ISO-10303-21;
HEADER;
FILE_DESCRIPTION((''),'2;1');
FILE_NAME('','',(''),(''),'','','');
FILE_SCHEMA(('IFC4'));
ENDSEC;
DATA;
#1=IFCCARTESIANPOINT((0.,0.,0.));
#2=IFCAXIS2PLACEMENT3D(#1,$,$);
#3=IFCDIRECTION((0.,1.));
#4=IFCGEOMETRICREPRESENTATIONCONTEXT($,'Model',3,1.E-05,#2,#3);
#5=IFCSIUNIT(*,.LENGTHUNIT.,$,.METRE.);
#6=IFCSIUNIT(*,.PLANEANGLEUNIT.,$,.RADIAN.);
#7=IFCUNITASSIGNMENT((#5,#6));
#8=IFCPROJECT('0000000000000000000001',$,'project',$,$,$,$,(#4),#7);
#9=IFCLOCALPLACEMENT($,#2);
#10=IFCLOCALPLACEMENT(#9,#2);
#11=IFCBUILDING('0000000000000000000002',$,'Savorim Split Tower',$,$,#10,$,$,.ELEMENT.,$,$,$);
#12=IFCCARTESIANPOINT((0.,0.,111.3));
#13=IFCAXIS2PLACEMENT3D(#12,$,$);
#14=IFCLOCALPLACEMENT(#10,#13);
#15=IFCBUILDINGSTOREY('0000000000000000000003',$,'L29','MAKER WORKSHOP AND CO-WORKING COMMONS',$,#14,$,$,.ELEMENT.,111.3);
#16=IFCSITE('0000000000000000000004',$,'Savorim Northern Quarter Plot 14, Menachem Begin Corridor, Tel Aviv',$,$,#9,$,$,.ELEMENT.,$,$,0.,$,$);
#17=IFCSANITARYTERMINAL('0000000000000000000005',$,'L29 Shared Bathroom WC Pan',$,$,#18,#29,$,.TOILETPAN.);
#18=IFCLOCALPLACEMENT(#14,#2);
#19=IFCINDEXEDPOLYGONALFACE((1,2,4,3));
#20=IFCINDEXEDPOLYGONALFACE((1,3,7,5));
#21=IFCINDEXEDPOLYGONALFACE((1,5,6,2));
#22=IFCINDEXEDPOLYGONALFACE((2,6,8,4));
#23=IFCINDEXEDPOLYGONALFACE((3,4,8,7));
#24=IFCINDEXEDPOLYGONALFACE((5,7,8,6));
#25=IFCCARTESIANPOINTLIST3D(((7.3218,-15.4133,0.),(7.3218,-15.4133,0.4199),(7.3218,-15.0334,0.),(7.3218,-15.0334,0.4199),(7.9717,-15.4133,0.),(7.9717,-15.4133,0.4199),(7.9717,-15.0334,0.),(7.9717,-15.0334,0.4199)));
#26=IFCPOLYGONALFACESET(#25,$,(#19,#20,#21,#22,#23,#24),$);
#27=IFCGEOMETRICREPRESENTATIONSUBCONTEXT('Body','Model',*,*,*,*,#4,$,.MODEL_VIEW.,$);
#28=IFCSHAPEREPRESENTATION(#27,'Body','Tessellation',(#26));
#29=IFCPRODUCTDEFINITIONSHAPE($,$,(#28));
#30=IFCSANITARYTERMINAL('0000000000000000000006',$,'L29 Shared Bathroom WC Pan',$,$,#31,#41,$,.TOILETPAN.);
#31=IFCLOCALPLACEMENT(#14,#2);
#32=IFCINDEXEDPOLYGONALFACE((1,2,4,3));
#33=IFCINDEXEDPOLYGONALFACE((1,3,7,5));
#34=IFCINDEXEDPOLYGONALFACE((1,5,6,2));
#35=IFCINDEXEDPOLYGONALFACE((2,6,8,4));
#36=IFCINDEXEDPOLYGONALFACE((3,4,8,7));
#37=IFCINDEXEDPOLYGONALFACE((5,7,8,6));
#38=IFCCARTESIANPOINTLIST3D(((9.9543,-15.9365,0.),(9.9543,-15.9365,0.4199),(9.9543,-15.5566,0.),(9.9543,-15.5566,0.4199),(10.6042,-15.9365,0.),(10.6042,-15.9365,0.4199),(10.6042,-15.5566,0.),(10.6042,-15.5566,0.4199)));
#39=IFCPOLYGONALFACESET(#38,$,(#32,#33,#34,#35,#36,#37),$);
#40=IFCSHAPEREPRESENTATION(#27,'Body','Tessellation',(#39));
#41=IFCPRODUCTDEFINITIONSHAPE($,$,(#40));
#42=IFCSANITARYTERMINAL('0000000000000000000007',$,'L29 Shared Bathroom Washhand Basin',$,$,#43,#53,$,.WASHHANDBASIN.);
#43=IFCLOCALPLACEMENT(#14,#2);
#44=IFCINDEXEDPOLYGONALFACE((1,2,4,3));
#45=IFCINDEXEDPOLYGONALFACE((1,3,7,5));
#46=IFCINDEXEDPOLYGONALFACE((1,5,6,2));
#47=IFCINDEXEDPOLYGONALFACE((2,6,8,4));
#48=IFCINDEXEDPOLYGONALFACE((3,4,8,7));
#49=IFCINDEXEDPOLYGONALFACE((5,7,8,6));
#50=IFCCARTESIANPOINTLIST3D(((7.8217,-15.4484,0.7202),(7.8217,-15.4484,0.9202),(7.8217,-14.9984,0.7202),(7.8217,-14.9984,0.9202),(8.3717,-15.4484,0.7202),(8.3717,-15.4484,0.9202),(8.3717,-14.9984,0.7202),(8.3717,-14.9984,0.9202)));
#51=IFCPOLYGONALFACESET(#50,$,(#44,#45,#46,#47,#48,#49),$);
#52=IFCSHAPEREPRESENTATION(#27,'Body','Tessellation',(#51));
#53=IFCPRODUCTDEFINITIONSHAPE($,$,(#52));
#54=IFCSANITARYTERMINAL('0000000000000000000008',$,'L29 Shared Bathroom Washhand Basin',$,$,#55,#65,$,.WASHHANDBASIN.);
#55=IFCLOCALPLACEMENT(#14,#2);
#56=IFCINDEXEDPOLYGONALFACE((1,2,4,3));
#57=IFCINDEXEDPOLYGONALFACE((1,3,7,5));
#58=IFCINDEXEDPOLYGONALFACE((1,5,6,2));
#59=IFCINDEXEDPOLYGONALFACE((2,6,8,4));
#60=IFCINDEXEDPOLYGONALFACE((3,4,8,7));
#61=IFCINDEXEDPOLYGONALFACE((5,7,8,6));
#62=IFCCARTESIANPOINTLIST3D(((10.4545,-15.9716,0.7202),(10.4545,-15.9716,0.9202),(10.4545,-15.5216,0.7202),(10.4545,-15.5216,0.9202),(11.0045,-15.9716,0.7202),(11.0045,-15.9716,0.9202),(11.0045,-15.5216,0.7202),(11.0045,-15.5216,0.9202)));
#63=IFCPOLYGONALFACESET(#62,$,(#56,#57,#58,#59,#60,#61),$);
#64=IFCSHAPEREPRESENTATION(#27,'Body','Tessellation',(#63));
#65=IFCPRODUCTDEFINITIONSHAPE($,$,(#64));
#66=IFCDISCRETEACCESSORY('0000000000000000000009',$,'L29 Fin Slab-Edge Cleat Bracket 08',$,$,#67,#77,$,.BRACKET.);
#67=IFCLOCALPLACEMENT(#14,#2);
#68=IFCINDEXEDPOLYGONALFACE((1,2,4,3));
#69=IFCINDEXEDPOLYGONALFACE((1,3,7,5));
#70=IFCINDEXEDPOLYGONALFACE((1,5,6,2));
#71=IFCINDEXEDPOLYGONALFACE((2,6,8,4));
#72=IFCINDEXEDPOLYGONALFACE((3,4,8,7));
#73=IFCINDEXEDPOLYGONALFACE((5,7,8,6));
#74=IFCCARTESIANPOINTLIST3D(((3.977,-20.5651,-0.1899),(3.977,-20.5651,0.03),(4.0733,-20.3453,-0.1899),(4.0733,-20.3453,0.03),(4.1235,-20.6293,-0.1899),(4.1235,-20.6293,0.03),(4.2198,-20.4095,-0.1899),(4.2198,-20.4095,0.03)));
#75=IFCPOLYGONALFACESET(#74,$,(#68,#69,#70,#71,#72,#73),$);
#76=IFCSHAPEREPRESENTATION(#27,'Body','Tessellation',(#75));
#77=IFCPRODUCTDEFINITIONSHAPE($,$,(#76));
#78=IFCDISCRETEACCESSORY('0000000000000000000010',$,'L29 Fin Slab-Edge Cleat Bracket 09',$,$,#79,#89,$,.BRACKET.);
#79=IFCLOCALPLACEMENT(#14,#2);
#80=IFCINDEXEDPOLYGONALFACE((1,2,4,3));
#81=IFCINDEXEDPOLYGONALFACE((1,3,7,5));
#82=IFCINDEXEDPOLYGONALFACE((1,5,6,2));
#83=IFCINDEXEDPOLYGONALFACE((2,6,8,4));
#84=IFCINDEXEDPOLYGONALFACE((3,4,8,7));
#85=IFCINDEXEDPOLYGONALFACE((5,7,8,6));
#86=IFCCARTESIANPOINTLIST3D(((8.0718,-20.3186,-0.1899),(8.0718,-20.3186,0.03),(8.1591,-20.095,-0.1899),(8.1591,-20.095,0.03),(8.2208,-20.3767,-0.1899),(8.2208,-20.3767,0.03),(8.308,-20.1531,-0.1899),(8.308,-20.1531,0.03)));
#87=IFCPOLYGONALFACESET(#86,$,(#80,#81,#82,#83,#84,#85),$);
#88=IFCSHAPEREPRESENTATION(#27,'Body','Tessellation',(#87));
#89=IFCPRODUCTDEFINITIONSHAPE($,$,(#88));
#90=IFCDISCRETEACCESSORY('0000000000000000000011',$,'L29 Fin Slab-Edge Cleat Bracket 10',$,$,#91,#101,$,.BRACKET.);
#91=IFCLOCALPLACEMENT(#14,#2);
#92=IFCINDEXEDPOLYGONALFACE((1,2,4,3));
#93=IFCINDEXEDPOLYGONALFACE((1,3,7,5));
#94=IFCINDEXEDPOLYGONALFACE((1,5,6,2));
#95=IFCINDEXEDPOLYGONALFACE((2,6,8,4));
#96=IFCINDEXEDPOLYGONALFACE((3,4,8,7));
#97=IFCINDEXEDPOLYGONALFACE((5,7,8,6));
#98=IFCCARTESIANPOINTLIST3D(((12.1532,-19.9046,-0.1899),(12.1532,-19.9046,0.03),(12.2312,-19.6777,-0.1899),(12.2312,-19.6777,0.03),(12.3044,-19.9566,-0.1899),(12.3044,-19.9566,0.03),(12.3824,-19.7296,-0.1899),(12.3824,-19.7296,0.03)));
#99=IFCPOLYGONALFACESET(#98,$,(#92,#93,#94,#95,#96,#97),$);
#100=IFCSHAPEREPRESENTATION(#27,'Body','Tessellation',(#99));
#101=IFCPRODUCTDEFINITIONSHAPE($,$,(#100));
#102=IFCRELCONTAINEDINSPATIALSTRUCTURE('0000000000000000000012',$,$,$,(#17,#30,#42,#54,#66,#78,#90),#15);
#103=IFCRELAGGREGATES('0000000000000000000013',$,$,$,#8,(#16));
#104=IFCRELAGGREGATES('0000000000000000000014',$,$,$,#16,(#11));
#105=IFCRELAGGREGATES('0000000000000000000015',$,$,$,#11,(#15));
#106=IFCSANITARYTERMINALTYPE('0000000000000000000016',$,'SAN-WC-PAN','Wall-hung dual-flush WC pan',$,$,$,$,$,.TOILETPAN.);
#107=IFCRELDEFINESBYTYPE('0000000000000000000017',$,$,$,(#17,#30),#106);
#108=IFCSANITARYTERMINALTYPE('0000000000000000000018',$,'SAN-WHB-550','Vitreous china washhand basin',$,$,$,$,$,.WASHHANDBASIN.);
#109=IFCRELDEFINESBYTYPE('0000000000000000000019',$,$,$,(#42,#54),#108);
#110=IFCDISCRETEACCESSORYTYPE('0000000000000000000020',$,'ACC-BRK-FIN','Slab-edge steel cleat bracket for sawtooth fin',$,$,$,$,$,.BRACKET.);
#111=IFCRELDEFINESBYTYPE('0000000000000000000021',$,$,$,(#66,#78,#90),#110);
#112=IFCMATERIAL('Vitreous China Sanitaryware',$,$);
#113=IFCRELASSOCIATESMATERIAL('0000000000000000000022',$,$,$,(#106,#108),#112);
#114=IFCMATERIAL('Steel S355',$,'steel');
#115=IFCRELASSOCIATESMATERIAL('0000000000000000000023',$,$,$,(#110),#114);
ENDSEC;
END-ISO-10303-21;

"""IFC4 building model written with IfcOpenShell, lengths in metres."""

from ifc_helpers import new_model, si_unit, direction, frame, origin, origin_2d, place, context, subcontext, project, spatial, rectangle, extrude, material, type_object, element, save


model = new_model("IFC4")

# Units and contexts
model_context = context("Model", 3, precision=1e-05, world=origin(), true_north=direction((0.0, 1.0)))
body_context = subcontext(model_context, "Body", "Model", "MODEL_VIEW")
ifc_project = project(units=[si_unit("LENGTHUNIT", "METRE"), si_unit("PLANEANGLEUNIT", "RADIAN")], contexts=[model_context])

# Site, building, storey
site_placement = place(None, origin())
site = spatial("IfcSite", under=ifc_project, at=site_placement, Name="Savorim Northern Quarter Plot 14, Menachem Begin Corridor, Tel Aviv", CompositionType="ELEMENT", RefElevation=0.0)
building_placement = place(site_placement, origin())
building = spatial("IfcBuilding", under=site, at=building_placement, Name="Savorim Split Tower", CompositionType="ELEMENT")
storey_placement = place(building_placement, frame((0.0, 0.0, 111.3)))
storey = spatial("IfcBuildingStorey", under=building, at=storey_placement, Name="L29", Description="MAKER WORKSHOP AND CO-WORKING COMMONS", CompositionType="ELEMENT", Elevation=111.3)

# Shared definitions
ifc_material_1 = material(Name="Steel S355", Category="steel")

# Sanitary terminals
ifc_material_2 = material(Name="Vitreous China Sanitaryware")
sanitary_terminal_type_1 = type_object("IfcSanitaryTerminalType", Name="SAN-WC-PAN", Description="Wall-hung dual-flush WC pan", PredefinedType="TOILETPAN", material=ifc_material_2)
for number, where, z_axis, x_axis, name in (
    (1, (7.6467, -15.2234, 0.0), (0.0, 0.0, 1.0), (1.0, 0.0, 0.0), "L29 Shared Bathroom WC Pan"),
    (2, (10.2793, -15.7466, 0.0), (0.0, 0.0, 1.0), (1.0, 0.0, 0.0), "L29 Shared Bathroom WC Pan"),
):
    element("IfcSanitaryTerminal", number, at=place(storey_placement, frame(where, z_axis=z_axis, x_axis=x_axis)), inside=storey, type_object=sanitary_terminal_type_1, Name=name, PredefinedType="TOILETPAN", context=body_context, shape_type="SweptSolid", body=[
        extrude(rectangle(XDim=0.6499, YDim=0.3799, at=origin_2d()), origin(), (0.0, 0.0, 1.0), 0.4199),
    ])
sanitary_terminal_type_2 = type_object("IfcSanitaryTerminalType", Name="SAN-WHB-550", Description="Vitreous china washhand basin", PredefinedType="WASHHANDBASIN", material=ifc_material_2)
for number, where, z_axis, x_axis, name in (
    (3, (8.0967, -15.2234, 0.7202), (0.0, 0.0, 1.0), (1.0, 0.0, 0.0), "L29 Shared Bathroom Washhand Basin"),
    (4, (10.7295, -15.7466, 0.7202), (0.0, 0.0, 1.0), (1.0, 0.0, 0.0), "L29 Shared Bathroom Washhand Basin"),
):
    element("IfcSanitaryTerminal", number, at=place(storey_placement, frame(where, z_axis=z_axis, x_axis=x_axis)), inside=storey, type_object=sanitary_terminal_type_2, Name=name, PredefinedType="WASHHANDBASIN", context=body_context, shape_type="SweptSolid", body=[
        extrude(rectangle(XDim=0.55, YDim=0.45, at=origin_2d()), origin(), (0.0, 0.0, 1.0), 0.2),
    ])

# Discrete accessories
discrete_accessory_type = type_object("IfcDiscreteAccessoryType", Name="ACC-BRK-FIN", Description="Slab-edge steel cleat bracket for sawtooth fin", PredefinedType="BRACKET", material=ifc_material_1)
for number, where, z_axis, x_axis, name in (
    (5, (4.0984, -20.4873, -0.1899), (0.0, 0.0, 1.0), (-0.40123, -0.915977, 0.0), "L29 Fin Slab-Edge Cleat Bracket 08"),
    (6, (8.1899, -20.2358, -0.1899), (0.0, 0.0, 1.0), (-0.363415, -0.931627, 0.0), "L29 Fin Slab-Edge Cleat Bracket 09"),
    (7, (12.2678, -19.8171, -0.1899), (0.0, 0.0, 1.0), (-0.324994, -0.945716, 0.0), "L29 Fin Slab-Edge Cleat Bracket 10"),
):
    element("IfcDiscreteAccessory", number, at=place(storey_placement, frame(where, z_axis=z_axis, x_axis=x_axis)), inside=storey, type_object=discrete_accessory_type, Name=name, PredefinedType="BRACKET", context=body_context, shape_type="SweptSolid", body=[
        extrude(rectangle(XDim=0.24, YDim=0.1599, at=origin_2d()), origin(), (0.0, 0.0, 1.0), 0.22),
    ])

save(model, "model.ifc")
